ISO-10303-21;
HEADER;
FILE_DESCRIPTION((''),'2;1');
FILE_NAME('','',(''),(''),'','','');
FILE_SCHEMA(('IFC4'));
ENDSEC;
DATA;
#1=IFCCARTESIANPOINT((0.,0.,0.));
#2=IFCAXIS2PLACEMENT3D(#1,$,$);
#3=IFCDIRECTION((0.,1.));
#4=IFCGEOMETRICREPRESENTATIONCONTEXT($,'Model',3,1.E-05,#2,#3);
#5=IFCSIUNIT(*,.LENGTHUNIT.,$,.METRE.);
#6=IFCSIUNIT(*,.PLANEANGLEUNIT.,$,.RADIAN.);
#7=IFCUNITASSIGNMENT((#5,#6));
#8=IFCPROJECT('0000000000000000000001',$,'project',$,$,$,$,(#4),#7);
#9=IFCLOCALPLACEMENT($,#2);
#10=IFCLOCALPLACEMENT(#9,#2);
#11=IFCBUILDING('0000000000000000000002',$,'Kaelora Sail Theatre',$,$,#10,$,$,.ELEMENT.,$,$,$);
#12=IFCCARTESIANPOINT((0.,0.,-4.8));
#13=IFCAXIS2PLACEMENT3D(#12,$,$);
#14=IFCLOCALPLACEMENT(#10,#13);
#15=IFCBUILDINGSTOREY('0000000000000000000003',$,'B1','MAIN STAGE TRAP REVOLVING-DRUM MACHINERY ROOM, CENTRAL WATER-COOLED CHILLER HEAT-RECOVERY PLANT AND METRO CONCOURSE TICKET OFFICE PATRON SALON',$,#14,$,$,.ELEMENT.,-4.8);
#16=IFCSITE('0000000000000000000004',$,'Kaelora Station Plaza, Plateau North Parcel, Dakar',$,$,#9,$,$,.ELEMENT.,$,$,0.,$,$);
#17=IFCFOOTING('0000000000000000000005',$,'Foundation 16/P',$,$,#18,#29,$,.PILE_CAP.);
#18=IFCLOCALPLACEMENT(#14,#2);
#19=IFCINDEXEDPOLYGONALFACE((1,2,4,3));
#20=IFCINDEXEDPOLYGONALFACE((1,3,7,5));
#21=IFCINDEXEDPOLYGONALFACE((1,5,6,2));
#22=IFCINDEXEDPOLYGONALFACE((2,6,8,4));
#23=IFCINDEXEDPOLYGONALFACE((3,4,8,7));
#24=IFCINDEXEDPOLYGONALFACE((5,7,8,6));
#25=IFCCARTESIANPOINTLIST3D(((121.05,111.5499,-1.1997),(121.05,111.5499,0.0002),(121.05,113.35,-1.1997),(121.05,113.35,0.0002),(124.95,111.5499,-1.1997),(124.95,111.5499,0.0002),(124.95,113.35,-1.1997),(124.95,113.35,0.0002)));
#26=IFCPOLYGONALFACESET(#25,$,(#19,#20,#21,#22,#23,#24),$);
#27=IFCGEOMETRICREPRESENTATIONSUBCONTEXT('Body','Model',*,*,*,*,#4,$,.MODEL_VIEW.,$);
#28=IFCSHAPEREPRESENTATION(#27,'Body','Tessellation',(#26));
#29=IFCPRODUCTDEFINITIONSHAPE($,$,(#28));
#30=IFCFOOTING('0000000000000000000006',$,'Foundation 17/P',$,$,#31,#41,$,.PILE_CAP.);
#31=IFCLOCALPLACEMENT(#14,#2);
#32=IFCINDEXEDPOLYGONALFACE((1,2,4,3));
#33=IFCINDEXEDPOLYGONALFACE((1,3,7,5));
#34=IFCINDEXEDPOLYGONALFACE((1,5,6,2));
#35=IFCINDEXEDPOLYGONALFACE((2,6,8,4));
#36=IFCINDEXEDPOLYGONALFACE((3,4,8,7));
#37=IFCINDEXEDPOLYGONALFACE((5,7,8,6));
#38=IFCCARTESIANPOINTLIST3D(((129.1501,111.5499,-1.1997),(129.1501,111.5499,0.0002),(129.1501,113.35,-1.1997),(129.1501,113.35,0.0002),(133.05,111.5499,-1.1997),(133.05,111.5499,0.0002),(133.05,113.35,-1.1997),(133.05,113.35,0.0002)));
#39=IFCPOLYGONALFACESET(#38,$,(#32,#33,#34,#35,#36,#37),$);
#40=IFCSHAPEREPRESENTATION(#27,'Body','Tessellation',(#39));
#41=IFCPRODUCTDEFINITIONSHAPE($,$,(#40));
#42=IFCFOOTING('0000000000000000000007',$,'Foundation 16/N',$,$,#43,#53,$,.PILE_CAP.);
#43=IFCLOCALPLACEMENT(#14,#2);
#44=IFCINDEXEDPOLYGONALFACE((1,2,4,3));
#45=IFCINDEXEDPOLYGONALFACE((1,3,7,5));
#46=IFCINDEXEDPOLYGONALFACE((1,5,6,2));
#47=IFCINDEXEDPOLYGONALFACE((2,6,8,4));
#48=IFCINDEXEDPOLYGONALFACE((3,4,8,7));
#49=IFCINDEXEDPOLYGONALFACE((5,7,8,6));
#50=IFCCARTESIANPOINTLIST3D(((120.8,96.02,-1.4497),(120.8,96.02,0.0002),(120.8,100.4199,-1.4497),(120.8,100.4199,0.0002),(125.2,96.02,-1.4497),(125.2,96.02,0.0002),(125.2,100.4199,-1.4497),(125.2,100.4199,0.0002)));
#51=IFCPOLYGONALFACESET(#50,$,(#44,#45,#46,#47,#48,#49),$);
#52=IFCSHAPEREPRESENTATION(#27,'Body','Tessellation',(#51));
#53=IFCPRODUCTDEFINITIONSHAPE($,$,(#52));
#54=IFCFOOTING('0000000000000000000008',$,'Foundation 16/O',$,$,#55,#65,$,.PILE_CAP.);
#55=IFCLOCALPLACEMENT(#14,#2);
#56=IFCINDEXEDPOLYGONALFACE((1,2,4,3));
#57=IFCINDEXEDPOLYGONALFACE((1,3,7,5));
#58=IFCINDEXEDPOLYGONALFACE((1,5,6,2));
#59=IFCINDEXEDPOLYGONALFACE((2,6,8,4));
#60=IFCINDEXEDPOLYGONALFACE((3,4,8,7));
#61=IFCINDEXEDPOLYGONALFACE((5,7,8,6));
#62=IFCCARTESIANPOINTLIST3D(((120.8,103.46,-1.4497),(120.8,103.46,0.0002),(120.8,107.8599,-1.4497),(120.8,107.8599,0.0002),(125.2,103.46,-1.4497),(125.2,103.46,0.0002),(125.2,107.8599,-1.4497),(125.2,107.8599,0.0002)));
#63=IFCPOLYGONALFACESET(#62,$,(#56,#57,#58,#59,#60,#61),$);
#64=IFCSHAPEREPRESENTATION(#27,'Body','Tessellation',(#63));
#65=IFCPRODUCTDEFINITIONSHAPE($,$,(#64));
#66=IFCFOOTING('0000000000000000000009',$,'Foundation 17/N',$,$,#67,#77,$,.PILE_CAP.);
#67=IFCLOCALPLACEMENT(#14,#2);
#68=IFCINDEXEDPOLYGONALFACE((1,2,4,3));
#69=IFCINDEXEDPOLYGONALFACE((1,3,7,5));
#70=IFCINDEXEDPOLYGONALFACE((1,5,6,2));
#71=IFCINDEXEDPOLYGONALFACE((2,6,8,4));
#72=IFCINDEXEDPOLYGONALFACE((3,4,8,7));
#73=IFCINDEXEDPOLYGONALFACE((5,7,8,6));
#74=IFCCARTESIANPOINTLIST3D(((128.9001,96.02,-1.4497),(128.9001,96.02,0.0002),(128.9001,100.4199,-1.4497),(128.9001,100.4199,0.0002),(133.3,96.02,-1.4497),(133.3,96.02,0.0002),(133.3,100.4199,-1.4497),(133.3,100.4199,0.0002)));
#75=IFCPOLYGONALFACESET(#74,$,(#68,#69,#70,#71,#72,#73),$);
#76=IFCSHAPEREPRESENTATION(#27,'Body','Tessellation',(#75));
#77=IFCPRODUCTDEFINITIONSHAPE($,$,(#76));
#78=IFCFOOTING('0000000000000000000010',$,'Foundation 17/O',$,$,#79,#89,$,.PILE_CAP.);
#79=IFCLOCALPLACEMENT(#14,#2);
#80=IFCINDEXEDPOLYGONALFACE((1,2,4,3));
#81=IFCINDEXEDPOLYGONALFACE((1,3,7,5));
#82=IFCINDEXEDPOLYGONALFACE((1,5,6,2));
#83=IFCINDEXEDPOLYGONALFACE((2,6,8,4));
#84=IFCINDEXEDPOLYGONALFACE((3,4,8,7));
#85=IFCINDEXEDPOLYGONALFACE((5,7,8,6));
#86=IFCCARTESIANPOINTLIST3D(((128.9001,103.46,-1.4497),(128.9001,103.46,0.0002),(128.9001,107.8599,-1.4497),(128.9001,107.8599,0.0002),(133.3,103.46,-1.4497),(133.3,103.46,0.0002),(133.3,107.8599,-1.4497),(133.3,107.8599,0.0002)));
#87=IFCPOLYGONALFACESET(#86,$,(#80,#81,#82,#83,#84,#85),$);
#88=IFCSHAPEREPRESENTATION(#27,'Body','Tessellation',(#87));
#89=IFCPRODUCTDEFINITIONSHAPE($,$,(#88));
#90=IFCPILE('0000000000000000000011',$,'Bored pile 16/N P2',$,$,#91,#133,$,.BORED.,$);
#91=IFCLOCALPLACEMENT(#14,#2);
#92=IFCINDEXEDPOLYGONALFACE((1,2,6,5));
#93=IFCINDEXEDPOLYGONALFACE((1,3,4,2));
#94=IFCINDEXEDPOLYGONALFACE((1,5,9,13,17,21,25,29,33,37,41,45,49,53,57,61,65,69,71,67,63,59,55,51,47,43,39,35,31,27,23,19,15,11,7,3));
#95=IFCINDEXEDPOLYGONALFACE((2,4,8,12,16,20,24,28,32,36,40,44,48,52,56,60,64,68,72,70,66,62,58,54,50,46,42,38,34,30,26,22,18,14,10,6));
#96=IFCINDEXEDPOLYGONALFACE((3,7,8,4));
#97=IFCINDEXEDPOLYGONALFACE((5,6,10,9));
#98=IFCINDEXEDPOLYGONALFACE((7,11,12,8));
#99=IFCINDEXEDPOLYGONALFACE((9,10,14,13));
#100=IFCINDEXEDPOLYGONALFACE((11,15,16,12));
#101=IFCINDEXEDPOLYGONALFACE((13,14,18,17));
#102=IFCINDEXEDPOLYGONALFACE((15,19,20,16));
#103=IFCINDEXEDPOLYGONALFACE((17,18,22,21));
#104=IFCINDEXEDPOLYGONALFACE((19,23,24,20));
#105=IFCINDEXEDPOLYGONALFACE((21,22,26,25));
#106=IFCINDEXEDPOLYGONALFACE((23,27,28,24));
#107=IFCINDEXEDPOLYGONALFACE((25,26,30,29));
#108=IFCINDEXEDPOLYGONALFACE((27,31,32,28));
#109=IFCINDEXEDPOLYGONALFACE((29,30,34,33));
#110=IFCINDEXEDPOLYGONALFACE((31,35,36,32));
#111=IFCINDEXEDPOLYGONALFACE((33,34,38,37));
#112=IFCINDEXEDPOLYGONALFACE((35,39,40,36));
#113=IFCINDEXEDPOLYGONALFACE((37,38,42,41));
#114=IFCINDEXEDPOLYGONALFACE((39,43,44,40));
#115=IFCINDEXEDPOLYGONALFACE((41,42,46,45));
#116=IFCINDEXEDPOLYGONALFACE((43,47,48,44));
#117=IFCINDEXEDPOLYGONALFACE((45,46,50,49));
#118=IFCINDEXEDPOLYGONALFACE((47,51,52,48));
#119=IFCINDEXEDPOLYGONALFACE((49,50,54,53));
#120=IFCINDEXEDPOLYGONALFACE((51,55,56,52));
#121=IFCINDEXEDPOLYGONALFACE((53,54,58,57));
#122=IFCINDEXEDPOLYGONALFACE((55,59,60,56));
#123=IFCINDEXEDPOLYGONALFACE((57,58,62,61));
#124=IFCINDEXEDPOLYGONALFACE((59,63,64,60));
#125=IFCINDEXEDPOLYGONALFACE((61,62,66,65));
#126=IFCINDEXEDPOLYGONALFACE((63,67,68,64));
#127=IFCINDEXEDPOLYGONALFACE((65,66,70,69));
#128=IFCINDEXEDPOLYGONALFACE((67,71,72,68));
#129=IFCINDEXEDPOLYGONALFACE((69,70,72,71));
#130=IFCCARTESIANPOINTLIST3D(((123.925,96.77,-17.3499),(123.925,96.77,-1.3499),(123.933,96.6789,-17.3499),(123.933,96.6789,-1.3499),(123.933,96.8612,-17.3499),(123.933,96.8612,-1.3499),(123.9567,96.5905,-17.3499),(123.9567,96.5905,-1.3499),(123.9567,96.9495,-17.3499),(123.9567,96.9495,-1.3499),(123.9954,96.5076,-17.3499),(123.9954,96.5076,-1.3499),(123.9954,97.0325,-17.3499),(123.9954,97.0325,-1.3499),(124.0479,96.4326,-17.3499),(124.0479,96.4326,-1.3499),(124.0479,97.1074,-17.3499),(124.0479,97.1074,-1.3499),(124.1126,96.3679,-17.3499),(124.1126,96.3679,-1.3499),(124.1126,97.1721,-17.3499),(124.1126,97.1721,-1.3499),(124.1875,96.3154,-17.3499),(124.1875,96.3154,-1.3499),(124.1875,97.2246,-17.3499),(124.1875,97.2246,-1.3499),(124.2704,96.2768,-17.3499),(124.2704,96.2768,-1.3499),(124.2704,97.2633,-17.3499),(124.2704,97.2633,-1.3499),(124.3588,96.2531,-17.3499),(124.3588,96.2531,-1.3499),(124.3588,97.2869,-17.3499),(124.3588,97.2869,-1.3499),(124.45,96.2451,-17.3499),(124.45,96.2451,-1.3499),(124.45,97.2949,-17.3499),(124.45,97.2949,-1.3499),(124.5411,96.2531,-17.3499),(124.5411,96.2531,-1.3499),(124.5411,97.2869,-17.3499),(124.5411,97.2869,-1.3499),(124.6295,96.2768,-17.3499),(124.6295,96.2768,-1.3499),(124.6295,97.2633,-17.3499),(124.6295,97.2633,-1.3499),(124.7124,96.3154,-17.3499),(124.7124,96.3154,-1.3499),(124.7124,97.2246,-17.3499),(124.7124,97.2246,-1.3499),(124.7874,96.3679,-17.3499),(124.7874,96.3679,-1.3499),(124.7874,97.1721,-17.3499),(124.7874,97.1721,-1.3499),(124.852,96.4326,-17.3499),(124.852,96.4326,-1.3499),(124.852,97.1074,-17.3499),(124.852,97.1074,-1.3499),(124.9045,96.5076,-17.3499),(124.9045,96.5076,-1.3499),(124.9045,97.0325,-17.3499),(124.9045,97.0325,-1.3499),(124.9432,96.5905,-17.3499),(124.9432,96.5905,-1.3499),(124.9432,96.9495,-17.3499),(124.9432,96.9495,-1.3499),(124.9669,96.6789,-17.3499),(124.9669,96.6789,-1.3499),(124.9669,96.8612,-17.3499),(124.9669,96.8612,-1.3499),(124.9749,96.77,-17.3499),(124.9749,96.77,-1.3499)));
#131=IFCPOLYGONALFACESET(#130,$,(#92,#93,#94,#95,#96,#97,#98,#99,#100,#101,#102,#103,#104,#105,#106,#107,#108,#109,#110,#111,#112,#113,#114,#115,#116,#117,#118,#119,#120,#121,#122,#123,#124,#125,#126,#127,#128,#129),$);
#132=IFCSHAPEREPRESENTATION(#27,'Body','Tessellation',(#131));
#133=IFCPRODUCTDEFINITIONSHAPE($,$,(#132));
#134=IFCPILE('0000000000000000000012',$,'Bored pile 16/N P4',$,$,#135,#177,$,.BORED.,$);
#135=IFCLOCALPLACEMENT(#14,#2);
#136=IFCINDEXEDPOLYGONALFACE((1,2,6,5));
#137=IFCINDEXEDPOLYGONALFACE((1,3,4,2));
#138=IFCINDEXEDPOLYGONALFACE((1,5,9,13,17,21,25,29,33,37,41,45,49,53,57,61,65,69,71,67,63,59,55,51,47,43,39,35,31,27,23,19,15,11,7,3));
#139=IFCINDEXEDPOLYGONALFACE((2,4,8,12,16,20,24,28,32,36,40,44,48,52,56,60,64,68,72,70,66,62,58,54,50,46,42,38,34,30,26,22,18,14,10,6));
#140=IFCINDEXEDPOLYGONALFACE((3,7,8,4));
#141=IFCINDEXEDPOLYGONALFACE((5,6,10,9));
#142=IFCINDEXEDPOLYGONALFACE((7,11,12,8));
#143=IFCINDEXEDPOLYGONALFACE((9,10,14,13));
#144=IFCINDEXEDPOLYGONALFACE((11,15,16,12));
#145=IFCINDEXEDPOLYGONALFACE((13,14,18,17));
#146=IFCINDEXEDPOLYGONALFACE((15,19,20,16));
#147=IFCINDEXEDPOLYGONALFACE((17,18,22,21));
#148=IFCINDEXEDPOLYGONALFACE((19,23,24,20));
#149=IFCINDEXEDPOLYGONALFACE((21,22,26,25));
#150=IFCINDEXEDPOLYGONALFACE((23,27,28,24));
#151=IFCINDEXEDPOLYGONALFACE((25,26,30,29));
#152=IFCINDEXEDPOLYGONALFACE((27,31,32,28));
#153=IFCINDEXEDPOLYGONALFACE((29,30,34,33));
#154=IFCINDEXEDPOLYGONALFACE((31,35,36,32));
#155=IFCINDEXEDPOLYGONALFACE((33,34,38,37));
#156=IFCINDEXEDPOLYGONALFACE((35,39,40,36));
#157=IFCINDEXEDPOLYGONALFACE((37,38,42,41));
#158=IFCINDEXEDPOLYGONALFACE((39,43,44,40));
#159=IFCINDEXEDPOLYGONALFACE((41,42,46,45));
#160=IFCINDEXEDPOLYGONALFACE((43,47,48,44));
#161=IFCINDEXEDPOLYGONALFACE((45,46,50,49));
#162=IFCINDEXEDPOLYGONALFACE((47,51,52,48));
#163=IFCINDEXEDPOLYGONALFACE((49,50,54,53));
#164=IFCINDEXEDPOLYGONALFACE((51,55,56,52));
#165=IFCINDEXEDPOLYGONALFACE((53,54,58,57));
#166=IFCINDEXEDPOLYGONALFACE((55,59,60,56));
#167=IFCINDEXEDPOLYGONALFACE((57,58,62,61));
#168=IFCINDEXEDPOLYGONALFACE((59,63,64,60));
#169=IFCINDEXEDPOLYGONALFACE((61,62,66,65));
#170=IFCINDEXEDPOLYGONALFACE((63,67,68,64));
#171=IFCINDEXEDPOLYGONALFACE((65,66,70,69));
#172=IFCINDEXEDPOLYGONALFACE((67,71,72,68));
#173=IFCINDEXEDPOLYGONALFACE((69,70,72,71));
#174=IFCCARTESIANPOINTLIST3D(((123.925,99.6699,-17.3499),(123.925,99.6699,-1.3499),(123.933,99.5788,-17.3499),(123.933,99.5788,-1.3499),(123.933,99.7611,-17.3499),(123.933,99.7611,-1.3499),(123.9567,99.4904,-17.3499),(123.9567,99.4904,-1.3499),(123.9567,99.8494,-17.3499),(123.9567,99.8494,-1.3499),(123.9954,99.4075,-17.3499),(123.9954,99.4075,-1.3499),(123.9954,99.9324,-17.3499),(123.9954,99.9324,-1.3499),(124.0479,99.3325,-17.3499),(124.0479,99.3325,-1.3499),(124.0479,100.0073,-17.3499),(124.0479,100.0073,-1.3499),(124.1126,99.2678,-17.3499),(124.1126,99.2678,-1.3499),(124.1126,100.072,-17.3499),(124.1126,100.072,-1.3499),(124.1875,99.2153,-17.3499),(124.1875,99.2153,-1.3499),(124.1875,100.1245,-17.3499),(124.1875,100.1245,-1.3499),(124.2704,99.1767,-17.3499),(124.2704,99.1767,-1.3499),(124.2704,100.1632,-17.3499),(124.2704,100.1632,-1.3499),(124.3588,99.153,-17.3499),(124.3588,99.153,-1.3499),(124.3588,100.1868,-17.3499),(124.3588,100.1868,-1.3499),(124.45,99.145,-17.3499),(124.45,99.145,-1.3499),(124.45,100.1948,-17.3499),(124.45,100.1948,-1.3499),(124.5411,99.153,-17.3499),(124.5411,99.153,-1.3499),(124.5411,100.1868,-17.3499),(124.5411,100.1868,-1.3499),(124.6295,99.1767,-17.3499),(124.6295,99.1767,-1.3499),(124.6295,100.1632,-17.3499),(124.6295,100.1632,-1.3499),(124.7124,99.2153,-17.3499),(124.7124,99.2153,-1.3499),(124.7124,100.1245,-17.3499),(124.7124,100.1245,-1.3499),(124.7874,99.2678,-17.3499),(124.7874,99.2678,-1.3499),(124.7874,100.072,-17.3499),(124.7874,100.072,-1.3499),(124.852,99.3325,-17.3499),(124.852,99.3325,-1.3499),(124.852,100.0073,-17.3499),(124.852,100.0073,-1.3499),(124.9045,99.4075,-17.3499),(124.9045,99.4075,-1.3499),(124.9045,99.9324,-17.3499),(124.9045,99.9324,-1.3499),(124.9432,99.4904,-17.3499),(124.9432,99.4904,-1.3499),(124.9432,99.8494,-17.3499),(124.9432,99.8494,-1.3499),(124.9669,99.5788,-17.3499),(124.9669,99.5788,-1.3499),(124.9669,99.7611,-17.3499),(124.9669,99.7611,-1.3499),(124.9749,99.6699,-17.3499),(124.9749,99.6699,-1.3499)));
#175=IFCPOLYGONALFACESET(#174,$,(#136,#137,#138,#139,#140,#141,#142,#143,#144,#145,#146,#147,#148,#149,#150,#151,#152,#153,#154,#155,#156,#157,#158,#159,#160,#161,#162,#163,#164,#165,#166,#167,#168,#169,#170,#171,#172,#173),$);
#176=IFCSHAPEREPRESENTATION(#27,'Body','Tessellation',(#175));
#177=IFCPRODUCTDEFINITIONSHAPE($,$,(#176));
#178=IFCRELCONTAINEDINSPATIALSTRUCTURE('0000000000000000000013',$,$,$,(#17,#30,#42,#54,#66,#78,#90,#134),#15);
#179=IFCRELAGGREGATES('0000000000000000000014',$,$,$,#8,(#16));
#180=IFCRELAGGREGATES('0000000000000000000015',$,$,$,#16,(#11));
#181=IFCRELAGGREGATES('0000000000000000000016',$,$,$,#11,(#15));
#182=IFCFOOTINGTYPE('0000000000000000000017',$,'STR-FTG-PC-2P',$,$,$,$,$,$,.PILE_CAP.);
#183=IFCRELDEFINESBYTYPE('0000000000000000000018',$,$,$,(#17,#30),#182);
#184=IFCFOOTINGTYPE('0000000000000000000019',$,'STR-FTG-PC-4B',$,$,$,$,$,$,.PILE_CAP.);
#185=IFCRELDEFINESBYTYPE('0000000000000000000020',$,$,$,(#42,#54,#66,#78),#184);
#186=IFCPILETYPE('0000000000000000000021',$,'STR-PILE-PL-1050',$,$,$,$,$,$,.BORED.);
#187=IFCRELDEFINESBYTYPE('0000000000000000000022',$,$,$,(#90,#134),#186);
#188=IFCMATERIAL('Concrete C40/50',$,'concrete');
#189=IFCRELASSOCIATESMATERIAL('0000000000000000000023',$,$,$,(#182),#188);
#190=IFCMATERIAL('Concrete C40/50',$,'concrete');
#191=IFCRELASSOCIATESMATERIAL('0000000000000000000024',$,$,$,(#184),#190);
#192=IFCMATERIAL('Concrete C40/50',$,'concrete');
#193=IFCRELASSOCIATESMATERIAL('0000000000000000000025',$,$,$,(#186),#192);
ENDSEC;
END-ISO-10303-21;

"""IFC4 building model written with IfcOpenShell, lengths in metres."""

from ifc_helpers import new_model, si_unit, direction, frame, origin, origin_2d, place, context, subcontext, project, spatial, rectangle, circle, extrude, material, material_profile, profile_set, type_object, element, save


model = new_model("IFC4")

# Units and contexts
model_context = context("Model", 3, precision=1e-05, world=origin(), true_north=direction((0.0, 1.0)))
body_context = subcontext(model_context, "Body", "Model", "MODEL_VIEW")
ifc_project = project(units=[si_unit("LENGTHUNIT", "METRE"), si_unit("PLANEANGLEUNIT", "RADIAN")], contexts=[model_context])

# Site, building, storey
site_placement = place(None, origin())
site = spatial("IfcSite", under=ifc_project, at=site_placement, Name="Kaelora Station Plaza, Plateau North Parcel, Dakar", CompositionType="ELEMENT", RefElevation=0.0)
building_placement = place(site_placement, origin())
building = spatial("IfcBuilding", under=site, at=building_placement, Name="Kaelora Sail Theatre", CompositionType="ELEMENT")
storey_placement = place(building_placement, frame((0.0, 0.0, -4.8)))
storey = spatial("IfcBuildingStorey", under=building, at=storey_placement, Name="B1", Description="MAIN STAGE TRAP REVOLVING-DRUM MACHINERY ROOM, CENTRAL WATER-COOLED CHILLER HEAT-RECOVERY PLANT AND METRO CONCOURSE TICKET OFFICE PATRON SALON", CompositionType="ELEMENT", Elevation=-4.8)

# Footings
ifc_material_1 = material(Name="Concrete C40/50", Category="concrete")
footing_type_1 = type_object("IfcFootingType", Name="STR-FTG-PC-2P", PredefinedType="PILE_CAP", material=ifc_material_1)
for number, where, z_axis, x_axis, name in (
    (1, (123.0, 112.45, -1.1997), (0.0, 0.0, 1.0), (1.0, 0.0, 0.0), "Foundation 16/P"),
    (2, (131.1001, 112.45, -1.1997), (0.0, 0.0, 1.0), (1.0, 0.0, 0.0), "Foundation 17/P"),
):
    element("IfcFooting", number, at=place(storey_placement, frame(where, z_axis=z_axis, x_axis=x_axis)), inside=storey, type_object=footing_type_1, Name=name, PredefinedType="PILE_CAP", context=body_context, shape_type="SweptSolid", body=[
        extrude(rectangle(XDim=3.8999, YDim=1.8, at=origin_2d()), origin(), (0.0, 0.0, 1.0), 1.2),
    ])
ifc_material_2 = material(Name="Concrete C40/50", Category="concrete")
footing_type_2 = type_object("IfcFootingType", Name="STR-FTG-PC-4B", PredefinedType="PILE_CAP", material=ifc_material_2)
for number, where, z_axis, x_axis, name in (
    (3, (123.0, 98.22, -1.4497), (0.0, 0.0, 1.0), (1.0, 0.0, 0.0), "Foundation 16/N"),
    (4, (123.0, 105.6599, -1.4497), (0.0, 0.0, 1.0), (1.0, 0.0, 0.0), "Foundation 16/O"),
    (5, (131.1001, 98.22, -1.4497), (0.0, 0.0, 1.0), (1.0, 0.0, 0.0), "Foundation 17/N"),
    (6, (131.1001, 105.6599, -1.4497), (0.0, 0.0, 1.0), (1.0, 0.0, 0.0), "Foundation 17/O"),
):
    element("IfcFooting", number, at=place(storey_placement, frame(where, z_axis=z_axis, x_axis=x_axis)), inside=storey, type_object=footing_type_2, Name=name, PredefinedType="PILE_CAP", context=body_context, shape_type="SweptSolid", body=[
        extrude(rectangle(XDim=4.3999, YDim=4.3999, at=origin_2d()), origin(), (0.0, 0.0, 1.0), 1.45),
    ])

# Piles
ifc_material_3 = material(Name="Concrete C40/50", Category="concrete")
ifc_material_profile_1 = material_profile(ifc_material_3, circle(Radius=0.5249, at=origin_2d()), Name="PILE D1050")
ifc_profile_set_1 = profile_set([ifc_material_profile_1], Name="Concrete C40/50")
pile_type_1 = type_object("IfcPileType", Name="STR-PILE-PL-1050", PredefinedType="BORED", material=ifc_profile_set_1)
for number, where, z_axis, x_axis, name in (
    (7, (124.45, 96.77, -1.3499), (0.0, 0.0, -1.0), (1.0, 0.0, 0.0), "Bored pile 16/N P2"),
    (8, (124.45, 99.6699, -1.3499), (0.0, 0.0, -1.0), (1.0, 0.0, 0.0), "Bored pile 16/N P4"),
):
    element("IfcPile", number, at=place(storey_placement, frame(where, z_axis=z_axis, x_axis=x_axis)), inside=storey, type_object=pile_type_1, Name=name, PredefinedType="BORED", context=body_context, shape_type="SweptSolid", body=[
        extrude(circle(Radius=0.5249, at=origin_2d()), origin(), (0.0, 0.0, 1.0), 16.0),
    ])

save(model, "model.ifc")
